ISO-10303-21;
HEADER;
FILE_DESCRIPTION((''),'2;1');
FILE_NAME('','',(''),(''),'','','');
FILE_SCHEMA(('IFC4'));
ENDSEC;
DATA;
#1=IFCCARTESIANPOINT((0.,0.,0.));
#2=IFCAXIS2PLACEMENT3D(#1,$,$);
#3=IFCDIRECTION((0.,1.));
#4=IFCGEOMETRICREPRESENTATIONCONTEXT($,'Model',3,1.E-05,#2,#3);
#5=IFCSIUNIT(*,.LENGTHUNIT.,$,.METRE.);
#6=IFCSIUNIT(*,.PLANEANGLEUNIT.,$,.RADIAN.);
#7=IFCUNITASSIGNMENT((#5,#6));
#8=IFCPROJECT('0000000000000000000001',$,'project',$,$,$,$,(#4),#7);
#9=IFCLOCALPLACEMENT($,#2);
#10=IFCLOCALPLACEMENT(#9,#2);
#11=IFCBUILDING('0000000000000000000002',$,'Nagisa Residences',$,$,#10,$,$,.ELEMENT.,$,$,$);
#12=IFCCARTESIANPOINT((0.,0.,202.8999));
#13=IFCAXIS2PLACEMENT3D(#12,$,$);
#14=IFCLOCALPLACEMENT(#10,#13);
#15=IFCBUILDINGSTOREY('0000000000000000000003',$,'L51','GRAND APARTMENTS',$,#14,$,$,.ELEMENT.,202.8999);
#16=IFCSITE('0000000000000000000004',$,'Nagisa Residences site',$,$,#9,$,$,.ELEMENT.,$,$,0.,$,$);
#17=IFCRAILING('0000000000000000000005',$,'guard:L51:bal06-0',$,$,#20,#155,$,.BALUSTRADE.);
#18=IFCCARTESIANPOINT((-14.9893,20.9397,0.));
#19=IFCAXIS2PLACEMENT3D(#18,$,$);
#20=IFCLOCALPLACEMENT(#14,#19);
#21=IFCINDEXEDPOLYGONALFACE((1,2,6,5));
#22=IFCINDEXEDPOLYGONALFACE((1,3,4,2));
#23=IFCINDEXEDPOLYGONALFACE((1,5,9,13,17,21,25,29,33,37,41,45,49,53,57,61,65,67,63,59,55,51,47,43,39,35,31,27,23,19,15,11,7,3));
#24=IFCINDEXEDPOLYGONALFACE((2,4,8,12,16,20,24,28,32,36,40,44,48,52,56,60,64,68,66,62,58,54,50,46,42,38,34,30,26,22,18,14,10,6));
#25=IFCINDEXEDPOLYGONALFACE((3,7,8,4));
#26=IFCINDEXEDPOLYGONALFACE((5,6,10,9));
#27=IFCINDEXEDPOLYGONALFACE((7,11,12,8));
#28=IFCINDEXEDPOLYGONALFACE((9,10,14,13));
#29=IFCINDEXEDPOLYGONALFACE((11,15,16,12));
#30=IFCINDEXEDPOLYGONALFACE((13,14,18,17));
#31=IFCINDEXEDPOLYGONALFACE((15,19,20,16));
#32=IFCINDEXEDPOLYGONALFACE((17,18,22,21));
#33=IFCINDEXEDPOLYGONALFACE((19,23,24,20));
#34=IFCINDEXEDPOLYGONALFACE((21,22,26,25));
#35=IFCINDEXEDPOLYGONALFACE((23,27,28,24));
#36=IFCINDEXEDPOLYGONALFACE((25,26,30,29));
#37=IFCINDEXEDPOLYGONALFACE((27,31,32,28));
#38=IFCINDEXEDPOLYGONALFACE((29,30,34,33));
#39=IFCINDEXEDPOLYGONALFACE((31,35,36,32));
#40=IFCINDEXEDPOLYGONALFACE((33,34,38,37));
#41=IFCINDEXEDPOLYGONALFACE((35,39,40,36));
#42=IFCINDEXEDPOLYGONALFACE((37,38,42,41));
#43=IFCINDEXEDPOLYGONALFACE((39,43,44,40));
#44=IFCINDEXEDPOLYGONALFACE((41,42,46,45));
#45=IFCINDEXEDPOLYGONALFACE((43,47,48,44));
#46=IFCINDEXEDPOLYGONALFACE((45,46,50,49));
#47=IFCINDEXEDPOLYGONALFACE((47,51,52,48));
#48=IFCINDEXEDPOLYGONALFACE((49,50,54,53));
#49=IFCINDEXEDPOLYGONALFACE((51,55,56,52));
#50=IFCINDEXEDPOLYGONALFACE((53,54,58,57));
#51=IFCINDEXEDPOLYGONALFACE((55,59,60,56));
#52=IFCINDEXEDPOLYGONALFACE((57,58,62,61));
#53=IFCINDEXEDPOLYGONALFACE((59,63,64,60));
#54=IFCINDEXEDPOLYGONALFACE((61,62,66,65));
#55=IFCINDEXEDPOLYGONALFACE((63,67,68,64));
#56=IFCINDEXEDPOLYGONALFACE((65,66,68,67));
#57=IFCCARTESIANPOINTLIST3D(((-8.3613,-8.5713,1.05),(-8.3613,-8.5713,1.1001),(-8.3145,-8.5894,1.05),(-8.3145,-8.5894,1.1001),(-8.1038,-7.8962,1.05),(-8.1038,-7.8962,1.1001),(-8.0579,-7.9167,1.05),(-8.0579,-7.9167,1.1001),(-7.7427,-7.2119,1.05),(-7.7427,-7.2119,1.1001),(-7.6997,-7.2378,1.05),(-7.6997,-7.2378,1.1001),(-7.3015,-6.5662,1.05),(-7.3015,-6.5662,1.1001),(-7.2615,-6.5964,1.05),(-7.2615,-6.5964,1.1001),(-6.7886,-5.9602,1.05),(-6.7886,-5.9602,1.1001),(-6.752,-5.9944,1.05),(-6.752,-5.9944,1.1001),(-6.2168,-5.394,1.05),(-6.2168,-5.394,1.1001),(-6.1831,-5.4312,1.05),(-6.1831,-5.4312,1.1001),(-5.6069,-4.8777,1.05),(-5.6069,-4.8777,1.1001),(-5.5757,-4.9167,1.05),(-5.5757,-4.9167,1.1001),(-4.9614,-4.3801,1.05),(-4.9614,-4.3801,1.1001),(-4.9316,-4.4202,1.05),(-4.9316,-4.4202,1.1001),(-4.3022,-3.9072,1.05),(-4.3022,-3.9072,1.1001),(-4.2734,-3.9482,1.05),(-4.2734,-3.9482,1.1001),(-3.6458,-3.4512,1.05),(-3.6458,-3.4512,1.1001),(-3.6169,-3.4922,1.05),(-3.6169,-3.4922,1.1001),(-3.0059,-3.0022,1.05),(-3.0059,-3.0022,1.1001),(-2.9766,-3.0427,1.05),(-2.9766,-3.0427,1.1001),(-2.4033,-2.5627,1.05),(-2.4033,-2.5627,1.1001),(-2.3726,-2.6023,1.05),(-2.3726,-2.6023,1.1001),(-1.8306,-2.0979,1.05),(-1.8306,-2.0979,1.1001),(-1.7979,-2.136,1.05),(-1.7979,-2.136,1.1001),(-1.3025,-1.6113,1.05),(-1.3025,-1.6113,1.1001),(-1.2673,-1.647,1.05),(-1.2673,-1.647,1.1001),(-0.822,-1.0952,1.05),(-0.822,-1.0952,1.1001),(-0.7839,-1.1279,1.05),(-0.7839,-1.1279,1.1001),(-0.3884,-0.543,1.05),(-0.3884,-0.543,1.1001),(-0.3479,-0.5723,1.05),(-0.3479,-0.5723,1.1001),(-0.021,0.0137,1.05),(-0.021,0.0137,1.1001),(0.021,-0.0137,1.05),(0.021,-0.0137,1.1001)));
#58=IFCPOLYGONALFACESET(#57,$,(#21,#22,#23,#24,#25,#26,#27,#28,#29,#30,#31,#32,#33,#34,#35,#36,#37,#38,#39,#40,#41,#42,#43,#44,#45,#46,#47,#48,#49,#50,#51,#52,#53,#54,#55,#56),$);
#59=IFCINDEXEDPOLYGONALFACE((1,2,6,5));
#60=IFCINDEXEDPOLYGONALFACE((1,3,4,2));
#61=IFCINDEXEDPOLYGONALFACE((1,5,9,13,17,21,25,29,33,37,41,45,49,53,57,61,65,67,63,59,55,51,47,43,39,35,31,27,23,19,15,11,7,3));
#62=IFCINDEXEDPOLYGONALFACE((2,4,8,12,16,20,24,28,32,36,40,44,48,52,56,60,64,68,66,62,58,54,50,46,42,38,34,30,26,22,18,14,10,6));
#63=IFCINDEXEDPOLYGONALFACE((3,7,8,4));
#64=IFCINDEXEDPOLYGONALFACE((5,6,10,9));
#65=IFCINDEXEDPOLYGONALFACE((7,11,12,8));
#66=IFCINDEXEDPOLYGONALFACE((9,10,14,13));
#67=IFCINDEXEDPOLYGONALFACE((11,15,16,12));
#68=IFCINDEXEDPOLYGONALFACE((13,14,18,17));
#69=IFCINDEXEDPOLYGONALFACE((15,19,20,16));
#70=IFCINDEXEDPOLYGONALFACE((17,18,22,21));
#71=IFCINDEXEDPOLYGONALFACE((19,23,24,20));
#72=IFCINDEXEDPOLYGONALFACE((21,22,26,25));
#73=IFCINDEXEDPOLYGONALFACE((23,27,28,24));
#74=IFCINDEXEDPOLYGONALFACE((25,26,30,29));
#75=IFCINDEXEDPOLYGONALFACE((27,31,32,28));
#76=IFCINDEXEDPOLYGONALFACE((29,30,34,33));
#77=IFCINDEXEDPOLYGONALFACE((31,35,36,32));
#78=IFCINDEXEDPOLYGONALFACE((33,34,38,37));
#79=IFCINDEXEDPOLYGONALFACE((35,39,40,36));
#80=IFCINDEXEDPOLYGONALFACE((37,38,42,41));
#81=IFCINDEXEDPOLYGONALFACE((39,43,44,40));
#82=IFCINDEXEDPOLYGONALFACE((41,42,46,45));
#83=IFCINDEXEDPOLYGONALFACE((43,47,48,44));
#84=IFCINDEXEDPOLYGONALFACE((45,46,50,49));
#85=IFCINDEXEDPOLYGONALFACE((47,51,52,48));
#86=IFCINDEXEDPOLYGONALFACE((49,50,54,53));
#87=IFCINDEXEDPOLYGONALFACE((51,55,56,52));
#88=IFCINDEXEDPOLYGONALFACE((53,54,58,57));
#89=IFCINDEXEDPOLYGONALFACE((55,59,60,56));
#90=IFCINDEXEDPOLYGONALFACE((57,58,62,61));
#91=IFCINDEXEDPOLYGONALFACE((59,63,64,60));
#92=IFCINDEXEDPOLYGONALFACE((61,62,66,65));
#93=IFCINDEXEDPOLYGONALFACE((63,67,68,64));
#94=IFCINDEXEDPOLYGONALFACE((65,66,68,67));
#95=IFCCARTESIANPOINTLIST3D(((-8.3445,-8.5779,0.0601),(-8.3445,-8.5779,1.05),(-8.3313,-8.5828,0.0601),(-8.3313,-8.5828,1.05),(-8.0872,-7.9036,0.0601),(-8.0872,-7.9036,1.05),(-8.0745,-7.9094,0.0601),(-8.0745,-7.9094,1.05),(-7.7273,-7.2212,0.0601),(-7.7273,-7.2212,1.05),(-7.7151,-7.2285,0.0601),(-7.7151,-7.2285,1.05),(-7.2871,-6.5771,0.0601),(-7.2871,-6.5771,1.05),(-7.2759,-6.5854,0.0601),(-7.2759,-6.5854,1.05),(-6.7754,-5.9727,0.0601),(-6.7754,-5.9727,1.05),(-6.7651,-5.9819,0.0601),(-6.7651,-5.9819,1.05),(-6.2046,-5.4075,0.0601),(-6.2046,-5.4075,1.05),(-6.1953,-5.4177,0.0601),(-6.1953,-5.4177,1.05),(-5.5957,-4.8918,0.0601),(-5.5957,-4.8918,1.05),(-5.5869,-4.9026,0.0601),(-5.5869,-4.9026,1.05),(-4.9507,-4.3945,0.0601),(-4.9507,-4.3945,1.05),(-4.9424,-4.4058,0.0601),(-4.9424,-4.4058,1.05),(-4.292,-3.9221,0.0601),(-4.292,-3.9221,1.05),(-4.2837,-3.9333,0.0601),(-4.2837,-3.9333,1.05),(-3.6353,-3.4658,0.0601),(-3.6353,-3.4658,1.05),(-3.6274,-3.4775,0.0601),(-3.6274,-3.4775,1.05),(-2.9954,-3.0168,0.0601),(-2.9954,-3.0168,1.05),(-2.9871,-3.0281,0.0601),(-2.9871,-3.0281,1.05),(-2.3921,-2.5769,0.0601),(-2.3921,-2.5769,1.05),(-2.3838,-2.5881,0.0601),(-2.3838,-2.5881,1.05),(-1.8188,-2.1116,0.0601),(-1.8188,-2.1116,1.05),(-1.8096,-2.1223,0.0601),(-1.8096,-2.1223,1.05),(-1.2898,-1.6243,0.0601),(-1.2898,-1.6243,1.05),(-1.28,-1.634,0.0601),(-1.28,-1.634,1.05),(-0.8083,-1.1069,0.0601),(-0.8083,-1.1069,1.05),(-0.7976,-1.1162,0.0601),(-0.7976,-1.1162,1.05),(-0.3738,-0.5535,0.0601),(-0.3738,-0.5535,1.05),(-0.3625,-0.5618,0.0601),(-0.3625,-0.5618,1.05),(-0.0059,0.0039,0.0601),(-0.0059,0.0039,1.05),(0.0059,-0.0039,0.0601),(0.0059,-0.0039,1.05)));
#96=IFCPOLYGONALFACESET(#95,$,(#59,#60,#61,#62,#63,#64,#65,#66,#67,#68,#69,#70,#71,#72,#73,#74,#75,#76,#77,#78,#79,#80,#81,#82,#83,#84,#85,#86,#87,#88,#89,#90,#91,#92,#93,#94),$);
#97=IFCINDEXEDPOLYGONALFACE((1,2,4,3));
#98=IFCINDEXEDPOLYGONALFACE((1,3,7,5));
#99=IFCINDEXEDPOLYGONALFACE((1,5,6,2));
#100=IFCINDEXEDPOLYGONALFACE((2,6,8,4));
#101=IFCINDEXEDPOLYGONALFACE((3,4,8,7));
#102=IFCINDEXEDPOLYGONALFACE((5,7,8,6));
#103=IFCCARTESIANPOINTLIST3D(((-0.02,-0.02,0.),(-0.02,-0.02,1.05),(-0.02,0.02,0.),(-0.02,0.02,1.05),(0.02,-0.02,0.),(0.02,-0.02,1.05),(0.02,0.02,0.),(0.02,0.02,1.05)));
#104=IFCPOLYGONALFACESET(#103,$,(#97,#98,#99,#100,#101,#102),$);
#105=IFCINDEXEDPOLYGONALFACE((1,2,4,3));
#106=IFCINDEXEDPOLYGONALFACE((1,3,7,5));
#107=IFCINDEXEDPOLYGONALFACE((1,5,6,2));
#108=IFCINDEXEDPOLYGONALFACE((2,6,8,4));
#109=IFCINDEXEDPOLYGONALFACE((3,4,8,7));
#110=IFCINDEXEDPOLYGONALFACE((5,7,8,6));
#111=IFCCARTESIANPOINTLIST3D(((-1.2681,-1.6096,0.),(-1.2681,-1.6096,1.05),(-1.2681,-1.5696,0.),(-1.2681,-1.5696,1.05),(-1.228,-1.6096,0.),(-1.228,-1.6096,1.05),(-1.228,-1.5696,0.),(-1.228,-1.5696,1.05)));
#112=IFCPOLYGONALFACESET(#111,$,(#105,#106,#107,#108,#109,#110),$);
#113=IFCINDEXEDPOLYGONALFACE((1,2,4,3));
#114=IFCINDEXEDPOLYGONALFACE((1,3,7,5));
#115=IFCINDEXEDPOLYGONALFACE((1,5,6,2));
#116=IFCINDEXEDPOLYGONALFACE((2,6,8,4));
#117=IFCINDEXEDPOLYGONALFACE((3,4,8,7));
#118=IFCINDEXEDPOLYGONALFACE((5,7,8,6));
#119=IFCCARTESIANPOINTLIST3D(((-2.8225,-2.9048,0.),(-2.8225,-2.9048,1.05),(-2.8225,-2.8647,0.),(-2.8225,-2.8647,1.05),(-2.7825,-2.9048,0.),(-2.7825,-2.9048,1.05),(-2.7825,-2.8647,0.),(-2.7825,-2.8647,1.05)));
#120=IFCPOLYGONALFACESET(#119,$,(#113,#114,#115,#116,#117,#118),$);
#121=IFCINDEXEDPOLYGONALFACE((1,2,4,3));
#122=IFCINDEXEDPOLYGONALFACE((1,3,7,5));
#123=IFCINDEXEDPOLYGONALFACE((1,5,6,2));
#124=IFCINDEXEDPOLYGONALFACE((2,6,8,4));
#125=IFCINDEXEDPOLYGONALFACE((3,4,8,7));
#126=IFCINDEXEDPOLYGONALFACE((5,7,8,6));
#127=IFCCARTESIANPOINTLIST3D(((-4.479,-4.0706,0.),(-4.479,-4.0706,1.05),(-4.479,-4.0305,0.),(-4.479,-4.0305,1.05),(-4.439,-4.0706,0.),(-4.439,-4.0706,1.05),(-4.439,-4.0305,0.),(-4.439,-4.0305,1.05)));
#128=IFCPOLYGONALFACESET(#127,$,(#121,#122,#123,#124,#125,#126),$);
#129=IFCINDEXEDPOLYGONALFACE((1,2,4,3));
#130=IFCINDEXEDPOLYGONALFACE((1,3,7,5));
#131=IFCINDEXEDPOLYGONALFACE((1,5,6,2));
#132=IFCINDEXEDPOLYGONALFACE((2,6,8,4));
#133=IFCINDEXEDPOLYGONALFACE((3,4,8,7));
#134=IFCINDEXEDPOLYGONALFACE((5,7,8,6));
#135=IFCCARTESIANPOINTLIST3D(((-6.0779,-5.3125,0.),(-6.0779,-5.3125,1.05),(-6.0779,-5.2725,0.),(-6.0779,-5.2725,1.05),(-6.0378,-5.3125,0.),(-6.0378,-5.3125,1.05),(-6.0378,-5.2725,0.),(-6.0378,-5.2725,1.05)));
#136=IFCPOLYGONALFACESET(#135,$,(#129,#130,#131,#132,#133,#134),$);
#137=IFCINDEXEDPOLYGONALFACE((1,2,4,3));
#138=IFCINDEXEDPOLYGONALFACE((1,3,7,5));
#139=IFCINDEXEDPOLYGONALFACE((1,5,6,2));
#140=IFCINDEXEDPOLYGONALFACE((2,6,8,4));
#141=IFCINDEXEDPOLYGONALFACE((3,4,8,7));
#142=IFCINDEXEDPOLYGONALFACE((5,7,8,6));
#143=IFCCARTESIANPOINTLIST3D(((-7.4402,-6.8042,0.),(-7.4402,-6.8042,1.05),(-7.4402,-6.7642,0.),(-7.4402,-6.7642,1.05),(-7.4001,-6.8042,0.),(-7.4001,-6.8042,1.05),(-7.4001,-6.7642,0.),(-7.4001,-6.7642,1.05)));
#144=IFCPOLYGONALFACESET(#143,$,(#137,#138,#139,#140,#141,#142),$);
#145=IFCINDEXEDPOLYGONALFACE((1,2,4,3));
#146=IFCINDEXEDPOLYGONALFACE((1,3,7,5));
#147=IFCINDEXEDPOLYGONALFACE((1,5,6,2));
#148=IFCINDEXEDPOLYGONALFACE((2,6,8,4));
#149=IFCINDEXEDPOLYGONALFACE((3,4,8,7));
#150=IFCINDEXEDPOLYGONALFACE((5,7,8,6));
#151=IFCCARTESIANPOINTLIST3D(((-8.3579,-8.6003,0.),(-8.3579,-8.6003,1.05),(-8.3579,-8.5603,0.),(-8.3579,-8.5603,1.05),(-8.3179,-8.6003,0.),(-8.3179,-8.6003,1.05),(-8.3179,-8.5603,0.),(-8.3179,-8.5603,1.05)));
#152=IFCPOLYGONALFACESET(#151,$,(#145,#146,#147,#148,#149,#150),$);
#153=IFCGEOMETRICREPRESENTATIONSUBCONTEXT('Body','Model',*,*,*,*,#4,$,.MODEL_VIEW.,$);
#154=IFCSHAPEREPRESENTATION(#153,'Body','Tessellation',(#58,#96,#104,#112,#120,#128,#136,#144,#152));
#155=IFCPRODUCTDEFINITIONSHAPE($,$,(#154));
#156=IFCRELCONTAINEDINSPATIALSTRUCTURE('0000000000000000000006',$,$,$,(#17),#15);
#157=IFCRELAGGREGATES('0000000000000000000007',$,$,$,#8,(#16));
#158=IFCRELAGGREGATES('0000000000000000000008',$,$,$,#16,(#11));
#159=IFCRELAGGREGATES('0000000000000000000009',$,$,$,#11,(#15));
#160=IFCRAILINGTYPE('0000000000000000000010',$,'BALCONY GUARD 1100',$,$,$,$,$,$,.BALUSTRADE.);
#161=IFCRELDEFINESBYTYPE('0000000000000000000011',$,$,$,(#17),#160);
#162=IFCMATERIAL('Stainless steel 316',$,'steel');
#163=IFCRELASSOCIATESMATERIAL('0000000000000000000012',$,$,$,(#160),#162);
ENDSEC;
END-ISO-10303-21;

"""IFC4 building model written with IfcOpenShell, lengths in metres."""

from ifc_helpers import new_model, si_unit, direction, frame, origin, origin_2d, place, context, subcontext, project, spatial, polyline, rectangle, outline, extrude, material, type_object, element, save


model = new_model("IFC4")

# Units and contexts
model_context = context("Model", 3, precision=1e-05, world=origin(), true_north=direction((0.0, 1.0)))
body_context = subcontext(model_context, "Body", "Model", "MODEL_VIEW")
ifc_project = project(units=[si_unit("LENGTHUNIT", "METRE"), si_unit("PLANEANGLEUNIT", "RADIAN")], contexts=[model_context])

# Site, building, storey
site_placement = place(None, origin())
site = spatial("IfcSite", under=ifc_project, at=site_placement, Name="Nagisa Residences site", CompositionType="ELEMENT", RefElevation=0.0)
building_placement = place(site_placement, origin())
building = spatial("IfcBuilding", under=site, at=building_placement, Name="Nagisa Residences", CompositionType="ELEMENT")
storey_placement = place(building_placement, frame((0.0, 0.0, 202.8999)))
storey = spatial("IfcBuildingStorey", under=building, at=storey_placement, Name="L51", Description="GRAND APARTMENTS", CompositionType="ELEMENT", Elevation=202.8999)

# Railing
ifc_material_1 = material(Name="Stainless steel 316", Category="steel")
railing_type = type_object("IfcRailingType", Name="BALCONY GUARD 1100", PredefinedType="BALUSTRADE", material=ifc_material_1)
railing_1_placement = place(storey_placement, frame((-14.9893, 20.9397, 0.0)))
element("IfcRailing", 1, at=railing_1_placement, inside=storey, type_object=railing_type, Name="guard:L51:bal06-0", PredefinedType="BALUSTRADE", context=body_context, shape_type="SweptSolid", body=[
    extrude(outline(polyline([(-0.3479, -0.5723), (0.021, -0.0137), (-0.021, 0.0137), (-0.3884, -0.543), (-0.822, -1.0952), (-1.3025, -1.6113), (-1.8306, -2.0979), (-2.4033, -2.5627), (-3.0059, -3.0022), (-3.6458, -3.4512), (-4.3022, -3.9072), (-4.9614, -4.3801), (-5.6069, -4.8777), (-6.2168, -5.394), (-6.7886, -5.9602), (-7.3015, -6.5662), (-7.7427, -7.2119), (-8.1038, -7.8962), (-8.3613, -8.5713), (-8.3145, -8.5894), (-8.0579, -7.9167), (-7.6997, -7.2378), (-7.2615, -6.5964), (-6.752, -5.9944), (-6.1831, -5.4312), (-5.5757, -4.9167), (-4.9316, -4.4202), (-4.2734, -3.9482), (-3.6169, -3.4922), (-2.9766, -3.0427), (-2.3726, -2.6023), (-1.7979, -2.136), (-1.2673, -1.647), (-0.7839, -1.1279), (-0.3479, -0.5723)])), frame((0.0, 0.0, 1.05)), (0.0, 0.0, 1.0), 0.05),
    extrude(outline(polyline([(-0.3625, -0.5618), (0.0059, -0.0039), (-0.0059, 0.0039), (-0.3738, -0.5535), (-0.8083, -1.1069), (-1.2898, -1.6243), (-1.8188, -2.1116), (-2.3921, -2.5769), (-2.9954, -3.0168), (-3.6353, -3.4658), (-4.292, -3.9221), (-4.9507, -4.3945), (-5.5957, -4.8918), (-6.2046, -5.4075), (-6.7754, -5.9727), (-7.2871, -6.5771), (-7.7273, -7.2212), (-8.0872, -7.9036), (-8.3445, -8.5779), (-8.3313, -8.5828), (-8.0745, -7.9094), (-7.7151, -7.2285), (-7.2759, -6.5854), (-6.7651, -5.9819), (-6.1953, -5.4177), (-5.5869, -4.9026), (-4.9424, -4.4058), (-4.2837, -3.9333), (-3.6274, -3.4775), (-2.9871, -3.0281), (-2.3838, -2.5881), (-1.8096, -2.1223), (-1.28, -1.634), (-0.7976, -1.1162), (-0.3625, -0.5618)])), frame((0.0, 0.0, 0.0601)), (0.0, 0.0, 1.0), 0.99),
    extrude(rectangle(XDim=0.04, YDim=0.04, at=origin_2d()), origin(), (0.0, 0.0, 1.0), 1.05),
    extrude(rectangle(XDim=0.04, YDim=0.04, at=origin_2d()), frame((-1.248, -1.5896, 0.0)), (0.0, 0.0, 1.0), 1.05),
    extrude(rectangle(XDim=0.04, YDim=0.04, at=origin_2d()), frame((-2.8025, -2.8848, 0.0)), (0.0, 0.0, 1.0), 1.05),
    extrude(rectangle(XDim=0.04, YDim=0.04, at=origin_2d()), frame((-4.459, -4.0505, 0.0)), (0.0, 0.0, 1.0), 1.05),
    extrude(rectangle(XDim=0.04, YDim=0.04, at=origin_2d()), frame((-6.0579, -5.2925, 0.0)), (0.0, 0.0, 1.0), 1.05),
    extrude(rectangle(XDim=0.04, YDim=0.04, at=origin_2d()), frame((-7.4202, -6.7842, 0.0)), (0.0, 0.0, 1.0), 1.05),
    extrude(rectangle(XDim=0.04, YDim=0.04, at=origin_2d()), frame((-8.3379, -8.5803, 0.0)), (0.0, 0.0, 1.0), 1.05),
])

save(model, "model.ifc")
